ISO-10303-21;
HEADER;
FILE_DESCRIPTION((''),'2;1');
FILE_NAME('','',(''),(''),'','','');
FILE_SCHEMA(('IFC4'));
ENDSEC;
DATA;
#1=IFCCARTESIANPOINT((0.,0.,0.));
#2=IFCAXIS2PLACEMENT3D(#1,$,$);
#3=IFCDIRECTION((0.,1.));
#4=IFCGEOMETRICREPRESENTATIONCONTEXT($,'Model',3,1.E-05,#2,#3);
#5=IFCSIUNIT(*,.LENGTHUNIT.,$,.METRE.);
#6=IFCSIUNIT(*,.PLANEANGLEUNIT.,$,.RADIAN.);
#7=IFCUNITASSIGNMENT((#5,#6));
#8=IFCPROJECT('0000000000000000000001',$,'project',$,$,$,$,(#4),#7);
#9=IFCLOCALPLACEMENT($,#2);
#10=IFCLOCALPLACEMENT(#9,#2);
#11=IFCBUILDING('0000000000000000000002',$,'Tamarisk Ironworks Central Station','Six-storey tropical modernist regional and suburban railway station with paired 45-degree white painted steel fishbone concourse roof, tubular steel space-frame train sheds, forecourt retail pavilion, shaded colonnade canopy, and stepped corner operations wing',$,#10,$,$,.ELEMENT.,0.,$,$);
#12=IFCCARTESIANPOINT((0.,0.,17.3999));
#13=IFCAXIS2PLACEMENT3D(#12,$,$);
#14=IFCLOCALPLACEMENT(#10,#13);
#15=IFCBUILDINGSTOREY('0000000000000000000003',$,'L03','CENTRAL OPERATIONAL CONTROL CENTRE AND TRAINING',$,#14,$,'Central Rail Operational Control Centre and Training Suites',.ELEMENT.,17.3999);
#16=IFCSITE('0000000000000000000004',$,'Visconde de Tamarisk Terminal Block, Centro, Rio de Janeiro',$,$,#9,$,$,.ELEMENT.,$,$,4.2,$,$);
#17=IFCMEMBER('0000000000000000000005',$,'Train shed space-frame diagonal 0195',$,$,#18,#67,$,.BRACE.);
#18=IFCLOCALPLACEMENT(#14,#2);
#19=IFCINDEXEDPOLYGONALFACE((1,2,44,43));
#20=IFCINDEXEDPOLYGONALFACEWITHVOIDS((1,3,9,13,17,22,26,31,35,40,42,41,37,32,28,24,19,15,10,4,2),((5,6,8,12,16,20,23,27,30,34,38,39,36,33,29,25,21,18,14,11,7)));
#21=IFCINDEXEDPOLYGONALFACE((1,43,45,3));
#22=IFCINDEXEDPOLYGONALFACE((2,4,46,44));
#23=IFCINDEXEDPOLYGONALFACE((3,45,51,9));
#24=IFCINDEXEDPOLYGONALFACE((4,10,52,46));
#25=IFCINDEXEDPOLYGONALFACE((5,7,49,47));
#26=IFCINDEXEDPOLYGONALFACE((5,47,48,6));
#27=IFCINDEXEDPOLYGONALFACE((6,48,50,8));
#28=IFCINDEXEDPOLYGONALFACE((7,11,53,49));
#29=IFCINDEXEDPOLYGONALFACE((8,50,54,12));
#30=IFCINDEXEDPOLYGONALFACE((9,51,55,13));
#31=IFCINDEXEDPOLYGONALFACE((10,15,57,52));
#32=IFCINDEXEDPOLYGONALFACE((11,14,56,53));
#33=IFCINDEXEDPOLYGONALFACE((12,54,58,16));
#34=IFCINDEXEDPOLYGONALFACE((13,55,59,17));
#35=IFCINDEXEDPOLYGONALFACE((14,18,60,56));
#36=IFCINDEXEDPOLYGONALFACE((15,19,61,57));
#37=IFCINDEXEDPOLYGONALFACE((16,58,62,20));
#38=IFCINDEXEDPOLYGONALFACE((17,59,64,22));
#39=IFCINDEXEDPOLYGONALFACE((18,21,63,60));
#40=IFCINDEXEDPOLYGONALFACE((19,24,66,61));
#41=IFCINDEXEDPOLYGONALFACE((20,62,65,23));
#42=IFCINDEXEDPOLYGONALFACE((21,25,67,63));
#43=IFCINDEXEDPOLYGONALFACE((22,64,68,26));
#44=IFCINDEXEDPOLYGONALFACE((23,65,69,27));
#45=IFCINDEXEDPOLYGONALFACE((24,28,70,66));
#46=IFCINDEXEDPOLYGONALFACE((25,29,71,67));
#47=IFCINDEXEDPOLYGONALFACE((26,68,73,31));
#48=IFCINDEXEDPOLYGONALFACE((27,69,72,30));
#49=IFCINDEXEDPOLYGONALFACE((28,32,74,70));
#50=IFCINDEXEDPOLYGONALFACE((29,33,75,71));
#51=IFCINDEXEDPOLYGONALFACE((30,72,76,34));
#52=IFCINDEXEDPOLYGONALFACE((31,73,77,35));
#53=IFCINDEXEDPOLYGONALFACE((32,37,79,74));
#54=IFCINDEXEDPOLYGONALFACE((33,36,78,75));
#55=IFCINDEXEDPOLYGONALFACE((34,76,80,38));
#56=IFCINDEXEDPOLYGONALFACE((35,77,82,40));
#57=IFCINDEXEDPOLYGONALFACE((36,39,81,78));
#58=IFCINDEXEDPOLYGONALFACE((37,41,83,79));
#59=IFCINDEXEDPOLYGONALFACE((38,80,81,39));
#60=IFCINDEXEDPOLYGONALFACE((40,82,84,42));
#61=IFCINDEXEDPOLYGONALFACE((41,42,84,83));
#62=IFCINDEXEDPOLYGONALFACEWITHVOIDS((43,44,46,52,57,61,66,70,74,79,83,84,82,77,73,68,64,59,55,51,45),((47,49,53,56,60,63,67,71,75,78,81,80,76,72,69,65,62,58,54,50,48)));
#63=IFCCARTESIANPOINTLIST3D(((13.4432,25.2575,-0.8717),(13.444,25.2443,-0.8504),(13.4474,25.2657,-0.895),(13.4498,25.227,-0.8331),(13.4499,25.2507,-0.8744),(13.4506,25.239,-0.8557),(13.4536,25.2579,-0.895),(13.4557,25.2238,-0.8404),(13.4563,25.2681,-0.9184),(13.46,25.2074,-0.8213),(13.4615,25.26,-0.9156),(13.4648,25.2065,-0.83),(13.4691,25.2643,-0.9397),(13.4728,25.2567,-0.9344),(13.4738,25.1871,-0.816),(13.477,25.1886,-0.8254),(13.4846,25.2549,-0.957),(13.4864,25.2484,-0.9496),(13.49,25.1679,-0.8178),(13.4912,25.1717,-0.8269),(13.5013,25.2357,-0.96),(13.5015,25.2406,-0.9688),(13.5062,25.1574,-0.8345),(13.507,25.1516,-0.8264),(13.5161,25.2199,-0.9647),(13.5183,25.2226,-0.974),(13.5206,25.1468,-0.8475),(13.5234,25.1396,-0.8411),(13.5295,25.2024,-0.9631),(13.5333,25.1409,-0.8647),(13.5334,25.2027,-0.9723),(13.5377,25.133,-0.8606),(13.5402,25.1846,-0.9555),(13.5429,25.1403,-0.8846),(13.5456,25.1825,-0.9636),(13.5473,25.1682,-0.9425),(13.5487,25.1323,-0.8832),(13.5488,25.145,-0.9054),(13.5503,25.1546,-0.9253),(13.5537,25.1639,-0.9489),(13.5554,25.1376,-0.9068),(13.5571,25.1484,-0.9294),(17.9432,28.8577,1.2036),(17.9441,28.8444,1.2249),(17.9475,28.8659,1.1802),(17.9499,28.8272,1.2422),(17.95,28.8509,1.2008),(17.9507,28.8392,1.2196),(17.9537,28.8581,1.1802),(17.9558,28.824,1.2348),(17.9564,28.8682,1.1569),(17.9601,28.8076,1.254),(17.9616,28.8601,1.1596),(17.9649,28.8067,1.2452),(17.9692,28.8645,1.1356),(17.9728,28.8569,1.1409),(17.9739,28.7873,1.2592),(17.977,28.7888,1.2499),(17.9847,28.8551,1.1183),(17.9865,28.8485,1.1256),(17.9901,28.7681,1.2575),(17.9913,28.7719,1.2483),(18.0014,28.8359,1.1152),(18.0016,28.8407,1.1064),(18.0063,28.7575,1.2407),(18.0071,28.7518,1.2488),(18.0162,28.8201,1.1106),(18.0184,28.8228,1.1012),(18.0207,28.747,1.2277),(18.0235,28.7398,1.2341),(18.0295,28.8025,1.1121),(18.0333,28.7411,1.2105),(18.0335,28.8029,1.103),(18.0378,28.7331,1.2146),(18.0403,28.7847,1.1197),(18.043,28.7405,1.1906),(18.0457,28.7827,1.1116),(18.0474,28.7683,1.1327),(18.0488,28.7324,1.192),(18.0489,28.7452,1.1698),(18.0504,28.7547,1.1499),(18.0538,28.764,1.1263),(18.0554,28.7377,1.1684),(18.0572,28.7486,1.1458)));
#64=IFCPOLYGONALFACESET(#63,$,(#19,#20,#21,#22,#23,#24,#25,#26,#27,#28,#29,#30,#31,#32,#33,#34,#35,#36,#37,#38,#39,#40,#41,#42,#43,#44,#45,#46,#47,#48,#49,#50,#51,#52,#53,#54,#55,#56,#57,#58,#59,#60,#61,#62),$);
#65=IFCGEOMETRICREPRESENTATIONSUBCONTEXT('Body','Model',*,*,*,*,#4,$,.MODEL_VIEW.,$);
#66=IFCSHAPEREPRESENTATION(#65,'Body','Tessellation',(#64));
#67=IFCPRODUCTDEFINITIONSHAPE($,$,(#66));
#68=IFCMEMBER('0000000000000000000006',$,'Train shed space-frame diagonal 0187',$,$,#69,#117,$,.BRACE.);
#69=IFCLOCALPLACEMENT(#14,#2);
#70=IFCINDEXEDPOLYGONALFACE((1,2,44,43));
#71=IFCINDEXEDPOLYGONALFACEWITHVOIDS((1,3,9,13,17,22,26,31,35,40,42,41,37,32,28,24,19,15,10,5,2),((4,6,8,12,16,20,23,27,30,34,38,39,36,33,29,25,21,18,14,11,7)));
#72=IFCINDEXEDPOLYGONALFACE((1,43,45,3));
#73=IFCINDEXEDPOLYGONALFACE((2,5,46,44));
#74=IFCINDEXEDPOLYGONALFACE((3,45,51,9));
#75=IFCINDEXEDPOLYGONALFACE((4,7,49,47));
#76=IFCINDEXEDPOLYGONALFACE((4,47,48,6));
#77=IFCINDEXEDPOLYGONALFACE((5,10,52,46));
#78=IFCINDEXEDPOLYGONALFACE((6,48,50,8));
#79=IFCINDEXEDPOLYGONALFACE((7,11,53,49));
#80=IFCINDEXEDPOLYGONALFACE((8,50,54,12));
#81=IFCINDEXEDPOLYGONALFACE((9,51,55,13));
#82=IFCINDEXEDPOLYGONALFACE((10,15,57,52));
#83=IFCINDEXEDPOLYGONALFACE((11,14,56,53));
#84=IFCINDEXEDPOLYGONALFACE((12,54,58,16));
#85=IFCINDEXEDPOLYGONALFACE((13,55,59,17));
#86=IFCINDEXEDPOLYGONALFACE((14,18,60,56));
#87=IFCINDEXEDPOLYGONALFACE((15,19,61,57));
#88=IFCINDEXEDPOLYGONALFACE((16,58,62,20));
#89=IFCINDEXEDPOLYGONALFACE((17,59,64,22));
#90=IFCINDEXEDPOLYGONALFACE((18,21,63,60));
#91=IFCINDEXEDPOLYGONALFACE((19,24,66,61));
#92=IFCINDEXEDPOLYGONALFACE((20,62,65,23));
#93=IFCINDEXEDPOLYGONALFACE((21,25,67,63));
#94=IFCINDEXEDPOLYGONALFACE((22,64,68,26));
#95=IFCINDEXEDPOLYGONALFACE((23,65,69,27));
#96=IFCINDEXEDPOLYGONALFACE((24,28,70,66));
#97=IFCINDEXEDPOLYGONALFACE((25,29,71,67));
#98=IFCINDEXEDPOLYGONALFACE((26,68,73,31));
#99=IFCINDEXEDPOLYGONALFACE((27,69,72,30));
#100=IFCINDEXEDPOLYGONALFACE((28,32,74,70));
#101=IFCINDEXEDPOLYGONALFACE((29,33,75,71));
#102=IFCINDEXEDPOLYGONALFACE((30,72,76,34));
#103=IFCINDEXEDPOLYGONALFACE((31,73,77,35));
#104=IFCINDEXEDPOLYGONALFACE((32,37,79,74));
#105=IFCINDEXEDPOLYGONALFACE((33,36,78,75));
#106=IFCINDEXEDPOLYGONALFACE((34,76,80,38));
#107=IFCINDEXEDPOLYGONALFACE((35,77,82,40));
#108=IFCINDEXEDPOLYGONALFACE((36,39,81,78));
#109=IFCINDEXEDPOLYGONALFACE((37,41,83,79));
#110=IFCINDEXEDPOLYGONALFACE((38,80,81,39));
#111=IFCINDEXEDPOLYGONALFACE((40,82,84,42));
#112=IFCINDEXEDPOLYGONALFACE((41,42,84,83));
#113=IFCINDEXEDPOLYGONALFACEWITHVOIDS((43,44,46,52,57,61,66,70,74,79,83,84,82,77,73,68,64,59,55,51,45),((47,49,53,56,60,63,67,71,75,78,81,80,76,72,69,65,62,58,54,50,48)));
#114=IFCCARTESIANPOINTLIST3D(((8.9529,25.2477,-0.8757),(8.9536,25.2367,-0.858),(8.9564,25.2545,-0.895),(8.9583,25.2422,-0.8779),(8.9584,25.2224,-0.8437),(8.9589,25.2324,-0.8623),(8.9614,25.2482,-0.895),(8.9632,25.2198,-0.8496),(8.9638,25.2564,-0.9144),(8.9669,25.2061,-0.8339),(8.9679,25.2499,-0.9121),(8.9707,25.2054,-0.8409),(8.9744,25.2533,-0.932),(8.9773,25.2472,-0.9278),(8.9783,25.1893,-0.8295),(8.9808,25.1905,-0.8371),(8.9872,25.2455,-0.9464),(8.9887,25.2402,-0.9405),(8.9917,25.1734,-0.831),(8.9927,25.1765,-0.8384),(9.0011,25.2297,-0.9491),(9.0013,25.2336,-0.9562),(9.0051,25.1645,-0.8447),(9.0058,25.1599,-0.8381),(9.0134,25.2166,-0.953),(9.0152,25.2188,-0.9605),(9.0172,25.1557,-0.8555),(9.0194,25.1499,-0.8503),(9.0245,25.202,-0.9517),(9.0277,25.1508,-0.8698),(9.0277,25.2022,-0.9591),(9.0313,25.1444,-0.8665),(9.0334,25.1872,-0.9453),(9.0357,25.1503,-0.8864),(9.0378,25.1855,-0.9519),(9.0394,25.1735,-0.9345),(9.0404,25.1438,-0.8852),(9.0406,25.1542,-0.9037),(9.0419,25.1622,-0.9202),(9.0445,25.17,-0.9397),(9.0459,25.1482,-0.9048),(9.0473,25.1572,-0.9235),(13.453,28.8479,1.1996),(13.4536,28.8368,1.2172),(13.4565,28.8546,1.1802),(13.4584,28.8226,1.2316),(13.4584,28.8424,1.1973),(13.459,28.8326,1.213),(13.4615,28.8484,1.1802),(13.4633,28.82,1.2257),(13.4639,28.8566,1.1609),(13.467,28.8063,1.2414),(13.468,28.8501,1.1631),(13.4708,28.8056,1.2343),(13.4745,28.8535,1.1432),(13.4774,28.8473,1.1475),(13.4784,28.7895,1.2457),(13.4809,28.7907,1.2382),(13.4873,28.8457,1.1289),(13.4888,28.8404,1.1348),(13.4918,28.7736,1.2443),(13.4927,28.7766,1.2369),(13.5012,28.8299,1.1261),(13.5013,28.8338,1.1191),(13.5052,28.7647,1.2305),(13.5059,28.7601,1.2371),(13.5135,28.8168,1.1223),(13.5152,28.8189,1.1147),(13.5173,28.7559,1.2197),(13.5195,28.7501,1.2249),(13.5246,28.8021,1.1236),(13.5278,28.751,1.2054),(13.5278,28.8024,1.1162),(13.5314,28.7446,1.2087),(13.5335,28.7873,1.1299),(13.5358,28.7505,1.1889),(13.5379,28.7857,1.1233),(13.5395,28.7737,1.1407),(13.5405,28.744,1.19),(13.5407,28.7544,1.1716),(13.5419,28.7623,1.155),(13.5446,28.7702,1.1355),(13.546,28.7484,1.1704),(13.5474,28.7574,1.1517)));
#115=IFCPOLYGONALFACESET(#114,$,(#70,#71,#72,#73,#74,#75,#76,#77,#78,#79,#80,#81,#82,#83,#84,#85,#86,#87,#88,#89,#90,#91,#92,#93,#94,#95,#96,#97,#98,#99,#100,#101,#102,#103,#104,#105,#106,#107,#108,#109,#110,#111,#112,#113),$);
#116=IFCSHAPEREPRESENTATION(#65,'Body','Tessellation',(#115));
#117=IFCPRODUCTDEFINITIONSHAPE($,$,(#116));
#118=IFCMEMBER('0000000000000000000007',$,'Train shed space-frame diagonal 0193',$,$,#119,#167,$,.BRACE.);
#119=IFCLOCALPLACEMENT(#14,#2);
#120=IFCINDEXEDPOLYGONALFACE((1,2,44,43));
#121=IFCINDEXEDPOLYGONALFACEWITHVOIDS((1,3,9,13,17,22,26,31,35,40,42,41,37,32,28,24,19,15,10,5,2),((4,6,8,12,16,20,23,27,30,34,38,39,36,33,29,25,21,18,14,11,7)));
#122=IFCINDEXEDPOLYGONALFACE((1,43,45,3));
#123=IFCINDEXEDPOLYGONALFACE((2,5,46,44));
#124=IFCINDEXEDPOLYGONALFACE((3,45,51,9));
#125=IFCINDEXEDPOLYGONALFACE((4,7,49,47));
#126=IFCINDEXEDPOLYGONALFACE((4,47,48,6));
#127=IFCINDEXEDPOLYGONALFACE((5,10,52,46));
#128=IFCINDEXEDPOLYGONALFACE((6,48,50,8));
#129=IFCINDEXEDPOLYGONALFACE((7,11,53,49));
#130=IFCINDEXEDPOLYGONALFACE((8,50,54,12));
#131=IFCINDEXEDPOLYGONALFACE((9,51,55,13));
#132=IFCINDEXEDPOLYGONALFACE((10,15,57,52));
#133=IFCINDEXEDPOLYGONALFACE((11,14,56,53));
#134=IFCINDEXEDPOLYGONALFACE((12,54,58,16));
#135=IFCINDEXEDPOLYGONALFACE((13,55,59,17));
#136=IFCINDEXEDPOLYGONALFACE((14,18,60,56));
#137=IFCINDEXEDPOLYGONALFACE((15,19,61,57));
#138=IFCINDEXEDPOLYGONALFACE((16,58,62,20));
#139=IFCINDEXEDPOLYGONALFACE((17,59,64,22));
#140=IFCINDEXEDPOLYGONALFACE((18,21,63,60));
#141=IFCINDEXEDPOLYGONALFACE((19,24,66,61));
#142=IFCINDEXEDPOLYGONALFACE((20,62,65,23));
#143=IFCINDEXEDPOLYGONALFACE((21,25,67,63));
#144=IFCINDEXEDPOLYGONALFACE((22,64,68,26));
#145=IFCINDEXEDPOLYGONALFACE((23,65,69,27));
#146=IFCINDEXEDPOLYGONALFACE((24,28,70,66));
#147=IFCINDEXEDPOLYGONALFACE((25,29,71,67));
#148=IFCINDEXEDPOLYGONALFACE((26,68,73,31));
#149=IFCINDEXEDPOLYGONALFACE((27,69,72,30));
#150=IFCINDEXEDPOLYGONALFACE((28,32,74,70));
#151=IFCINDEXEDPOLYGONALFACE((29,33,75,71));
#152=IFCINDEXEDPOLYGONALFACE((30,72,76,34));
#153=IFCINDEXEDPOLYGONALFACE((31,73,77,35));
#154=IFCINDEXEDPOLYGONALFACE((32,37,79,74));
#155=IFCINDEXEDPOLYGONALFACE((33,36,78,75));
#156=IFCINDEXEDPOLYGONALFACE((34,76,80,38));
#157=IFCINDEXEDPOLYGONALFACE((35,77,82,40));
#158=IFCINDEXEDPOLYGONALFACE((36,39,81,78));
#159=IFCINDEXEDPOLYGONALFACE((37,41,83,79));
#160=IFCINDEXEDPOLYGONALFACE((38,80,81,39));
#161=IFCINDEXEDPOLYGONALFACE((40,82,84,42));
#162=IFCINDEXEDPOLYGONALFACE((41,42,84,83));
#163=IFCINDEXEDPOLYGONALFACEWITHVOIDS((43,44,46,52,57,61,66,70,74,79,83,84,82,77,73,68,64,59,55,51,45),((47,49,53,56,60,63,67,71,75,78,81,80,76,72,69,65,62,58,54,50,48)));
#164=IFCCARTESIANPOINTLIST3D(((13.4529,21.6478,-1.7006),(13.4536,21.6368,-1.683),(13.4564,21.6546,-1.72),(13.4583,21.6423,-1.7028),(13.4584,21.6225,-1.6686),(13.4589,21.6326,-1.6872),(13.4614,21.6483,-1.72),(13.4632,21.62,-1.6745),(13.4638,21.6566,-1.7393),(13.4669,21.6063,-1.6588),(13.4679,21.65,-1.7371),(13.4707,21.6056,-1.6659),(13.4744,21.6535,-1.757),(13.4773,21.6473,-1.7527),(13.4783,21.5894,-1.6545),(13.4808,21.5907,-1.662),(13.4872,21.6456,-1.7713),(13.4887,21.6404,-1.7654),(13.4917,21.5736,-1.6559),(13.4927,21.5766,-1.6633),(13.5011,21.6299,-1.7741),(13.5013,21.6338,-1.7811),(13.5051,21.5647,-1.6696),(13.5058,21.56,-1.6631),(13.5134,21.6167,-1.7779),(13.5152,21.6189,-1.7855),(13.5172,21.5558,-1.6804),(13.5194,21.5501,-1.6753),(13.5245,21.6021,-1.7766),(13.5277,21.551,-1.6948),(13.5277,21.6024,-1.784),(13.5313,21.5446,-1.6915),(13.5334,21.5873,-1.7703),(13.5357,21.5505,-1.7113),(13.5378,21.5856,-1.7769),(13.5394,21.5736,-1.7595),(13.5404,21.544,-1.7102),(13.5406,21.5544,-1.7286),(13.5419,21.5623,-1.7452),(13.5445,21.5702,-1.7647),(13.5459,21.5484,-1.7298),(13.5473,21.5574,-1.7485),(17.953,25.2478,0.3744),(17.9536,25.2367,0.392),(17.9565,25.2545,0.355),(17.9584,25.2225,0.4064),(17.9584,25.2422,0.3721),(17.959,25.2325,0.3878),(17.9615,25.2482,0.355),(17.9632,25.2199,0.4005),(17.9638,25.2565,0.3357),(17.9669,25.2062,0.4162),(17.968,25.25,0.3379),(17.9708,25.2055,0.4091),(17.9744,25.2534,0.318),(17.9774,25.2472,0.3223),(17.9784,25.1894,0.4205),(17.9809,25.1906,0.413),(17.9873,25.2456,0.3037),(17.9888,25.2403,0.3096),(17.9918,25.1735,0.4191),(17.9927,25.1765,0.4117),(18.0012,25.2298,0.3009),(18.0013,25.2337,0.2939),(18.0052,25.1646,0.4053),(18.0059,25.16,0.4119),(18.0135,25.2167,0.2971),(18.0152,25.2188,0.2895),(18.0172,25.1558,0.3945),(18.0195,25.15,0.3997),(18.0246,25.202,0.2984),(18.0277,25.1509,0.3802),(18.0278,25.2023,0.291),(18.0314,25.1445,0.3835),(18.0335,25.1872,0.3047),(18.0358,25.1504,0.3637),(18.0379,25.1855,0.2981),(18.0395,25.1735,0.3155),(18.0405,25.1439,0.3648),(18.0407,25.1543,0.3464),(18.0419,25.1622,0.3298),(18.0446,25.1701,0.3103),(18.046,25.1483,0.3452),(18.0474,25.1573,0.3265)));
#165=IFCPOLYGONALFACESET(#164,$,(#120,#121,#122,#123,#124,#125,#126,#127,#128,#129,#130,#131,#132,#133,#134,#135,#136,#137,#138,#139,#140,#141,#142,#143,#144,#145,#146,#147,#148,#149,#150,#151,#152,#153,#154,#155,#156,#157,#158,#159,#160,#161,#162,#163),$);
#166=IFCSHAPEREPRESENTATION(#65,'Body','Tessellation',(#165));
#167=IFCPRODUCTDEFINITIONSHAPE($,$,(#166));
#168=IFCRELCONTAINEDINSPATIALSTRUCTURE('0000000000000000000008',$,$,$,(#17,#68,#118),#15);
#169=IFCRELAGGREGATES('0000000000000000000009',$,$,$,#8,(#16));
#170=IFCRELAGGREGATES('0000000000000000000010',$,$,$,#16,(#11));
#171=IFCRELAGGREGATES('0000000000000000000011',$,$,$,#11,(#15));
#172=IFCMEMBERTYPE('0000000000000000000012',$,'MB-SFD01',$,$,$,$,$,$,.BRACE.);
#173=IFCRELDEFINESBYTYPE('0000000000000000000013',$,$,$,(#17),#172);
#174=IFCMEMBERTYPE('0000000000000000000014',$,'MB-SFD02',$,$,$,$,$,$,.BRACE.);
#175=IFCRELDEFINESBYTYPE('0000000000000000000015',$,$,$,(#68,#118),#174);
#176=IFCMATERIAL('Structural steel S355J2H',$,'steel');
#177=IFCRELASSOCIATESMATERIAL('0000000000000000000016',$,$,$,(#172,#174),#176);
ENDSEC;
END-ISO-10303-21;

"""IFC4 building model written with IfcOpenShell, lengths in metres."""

from ifc_helpers import new_model, si_unit, direction, frame, origin, origin_2d, place, context, subcontext, project, spatial, hollow_circle, extrude, material, material_profile, profile_set, type_object, element, save


model = new_model("IFC4")

# Units and contexts
model_context = context("Model", 3, precision=1e-05, world=origin(), true_north=direction((0.0, 1.0)))
body_context = subcontext(model_context, "Body", "Model", "MODEL_VIEW")
ifc_project = project(units=[si_unit("LENGTHUNIT", "METRE"), si_unit("PLANEANGLEUNIT", "RADIAN")], contexts=[model_context])

# Site, building, storey
site_placement = place(None, origin())
site = spatial("IfcSite", under=ifc_project, at=site_placement, Name="Visconde de Tamarisk Terminal Block, Centro, Rio de Janeiro", CompositionType="ELEMENT", RefElevation=4.2)
building_placement = place(site_placement, origin())
building = spatial("IfcBuilding", under=site, at=building_placement, Name="Tamarisk Ironworks Central Station", Description="Six-storey tropical modernist regional and suburban railway station with paired 45-degree white painted steel fishbone concourse roof, tubular steel space-frame train sheds, forecourt retail pavilion, shaded colonnade canopy, and stepped corner operations wing", CompositionType="ELEMENT", ElevationOfRefHeight=0.0)
storey_placement = place(building_placement, frame((0.0, 0.0, 17.3999)))
storey = spatial("IfcBuildingStorey", under=building, at=storey_placement, Name="L03", Description="CENTRAL OPERATIONAL CONTROL CENTRE AND TRAINING", LongName="Central Rail Operational Control Centre and Training Suites", CompositionType="ELEMENT", Elevation=17.3999)

# Members
ifc_material_1 = material(Name="Structural steel S355J2H", Category="steel")
ifc_material_profile_1 = material_profile(ifc_material_1, hollow_circle(Radius=0.0842, WallThickness=0.01, at=origin_2d()), Name="CHS 168.3x10")
ifc_profile_set_1 = profile_set([ifc_material_profile_1], Name="Structural steel S355J2H")
member_type_1 = type_object("IfcMemberType", Name="MB-SFD01", PredefinedType="BRACE", material=ifc_profile_set_1)
member_1_placement = place(storey_placement, frame((13.5, 25.2, -0.895), z_axis=(0.734679, 0.587759, 0.338801), x_axis=(-0.624705, 0.780861, 0.0)))
element("IfcMember", 1, at=member_1_placement, inside=storey, type_object=member_type_1, Name="Train shed space-frame diagonal 0195", PredefinedType="BRACE", context=body_context, shape_type="SweptSolid", body=[
    extrude(hollow_circle(Radius=0.0842, WallThickness=0.01, at=origin_2d()), origin(), (0.0, 0.0, 1.0), 6.1252),
])
ifc_material_profile_2 = material_profile(ifc_material_1, hollow_circle(Radius=0.0698, WallThickness=0.0081, at=origin_2d()), Name="CHS 139.7x8")
ifc_profile_set_2 = profile_set([ifc_material_profile_2], Name="Structural steel S355J2H")
member_type_2 = type_object("IfcMemberType", Name="MB-SFD02", PredefinedType="BRACE", material=ifc_profile_set_2)
member_2_placement = place(storey_placement, frame((9.0, 25.2, -0.895), z_axis=(0.734679, 0.587759, 0.338801), x_axis=(-0.624705, 0.780861, 0.0)))
element("IfcMember", 2, at=member_2_placement, inside=storey, type_object=member_type_2, Name="Train shed space-frame diagonal 0187", PredefinedType="BRACE", context=body_context, shape_type="SweptSolid", body=[
    extrude(hollow_circle(Radius=0.0698, WallThickness=0.0081, at=origin_2d()), origin(), (0.0, 0.0, 1.0), 6.1252),
])
member_3_placement = place(storey_placement, frame((13.5, 21.6001, -1.72), z_axis=(0.734706, 0.587741, 0.338773), x_axis=(-0.62468, 0.780881, 0.0)))
element("IfcMember", 3, at=member_3_placement, inside=storey, type_object=member_type_2, Name="Train shed space-frame diagonal 0193", PredefinedType="BRACE", context=body_context, shape_type="SweptSolid", body=[
    extrude(hollow_circle(Radius=0.0698, WallThickness=0.0081, at=origin_2d()), origin(), (0.0, 0.0, 1.0), 6.125),
])

save(model, "model.ifc")
